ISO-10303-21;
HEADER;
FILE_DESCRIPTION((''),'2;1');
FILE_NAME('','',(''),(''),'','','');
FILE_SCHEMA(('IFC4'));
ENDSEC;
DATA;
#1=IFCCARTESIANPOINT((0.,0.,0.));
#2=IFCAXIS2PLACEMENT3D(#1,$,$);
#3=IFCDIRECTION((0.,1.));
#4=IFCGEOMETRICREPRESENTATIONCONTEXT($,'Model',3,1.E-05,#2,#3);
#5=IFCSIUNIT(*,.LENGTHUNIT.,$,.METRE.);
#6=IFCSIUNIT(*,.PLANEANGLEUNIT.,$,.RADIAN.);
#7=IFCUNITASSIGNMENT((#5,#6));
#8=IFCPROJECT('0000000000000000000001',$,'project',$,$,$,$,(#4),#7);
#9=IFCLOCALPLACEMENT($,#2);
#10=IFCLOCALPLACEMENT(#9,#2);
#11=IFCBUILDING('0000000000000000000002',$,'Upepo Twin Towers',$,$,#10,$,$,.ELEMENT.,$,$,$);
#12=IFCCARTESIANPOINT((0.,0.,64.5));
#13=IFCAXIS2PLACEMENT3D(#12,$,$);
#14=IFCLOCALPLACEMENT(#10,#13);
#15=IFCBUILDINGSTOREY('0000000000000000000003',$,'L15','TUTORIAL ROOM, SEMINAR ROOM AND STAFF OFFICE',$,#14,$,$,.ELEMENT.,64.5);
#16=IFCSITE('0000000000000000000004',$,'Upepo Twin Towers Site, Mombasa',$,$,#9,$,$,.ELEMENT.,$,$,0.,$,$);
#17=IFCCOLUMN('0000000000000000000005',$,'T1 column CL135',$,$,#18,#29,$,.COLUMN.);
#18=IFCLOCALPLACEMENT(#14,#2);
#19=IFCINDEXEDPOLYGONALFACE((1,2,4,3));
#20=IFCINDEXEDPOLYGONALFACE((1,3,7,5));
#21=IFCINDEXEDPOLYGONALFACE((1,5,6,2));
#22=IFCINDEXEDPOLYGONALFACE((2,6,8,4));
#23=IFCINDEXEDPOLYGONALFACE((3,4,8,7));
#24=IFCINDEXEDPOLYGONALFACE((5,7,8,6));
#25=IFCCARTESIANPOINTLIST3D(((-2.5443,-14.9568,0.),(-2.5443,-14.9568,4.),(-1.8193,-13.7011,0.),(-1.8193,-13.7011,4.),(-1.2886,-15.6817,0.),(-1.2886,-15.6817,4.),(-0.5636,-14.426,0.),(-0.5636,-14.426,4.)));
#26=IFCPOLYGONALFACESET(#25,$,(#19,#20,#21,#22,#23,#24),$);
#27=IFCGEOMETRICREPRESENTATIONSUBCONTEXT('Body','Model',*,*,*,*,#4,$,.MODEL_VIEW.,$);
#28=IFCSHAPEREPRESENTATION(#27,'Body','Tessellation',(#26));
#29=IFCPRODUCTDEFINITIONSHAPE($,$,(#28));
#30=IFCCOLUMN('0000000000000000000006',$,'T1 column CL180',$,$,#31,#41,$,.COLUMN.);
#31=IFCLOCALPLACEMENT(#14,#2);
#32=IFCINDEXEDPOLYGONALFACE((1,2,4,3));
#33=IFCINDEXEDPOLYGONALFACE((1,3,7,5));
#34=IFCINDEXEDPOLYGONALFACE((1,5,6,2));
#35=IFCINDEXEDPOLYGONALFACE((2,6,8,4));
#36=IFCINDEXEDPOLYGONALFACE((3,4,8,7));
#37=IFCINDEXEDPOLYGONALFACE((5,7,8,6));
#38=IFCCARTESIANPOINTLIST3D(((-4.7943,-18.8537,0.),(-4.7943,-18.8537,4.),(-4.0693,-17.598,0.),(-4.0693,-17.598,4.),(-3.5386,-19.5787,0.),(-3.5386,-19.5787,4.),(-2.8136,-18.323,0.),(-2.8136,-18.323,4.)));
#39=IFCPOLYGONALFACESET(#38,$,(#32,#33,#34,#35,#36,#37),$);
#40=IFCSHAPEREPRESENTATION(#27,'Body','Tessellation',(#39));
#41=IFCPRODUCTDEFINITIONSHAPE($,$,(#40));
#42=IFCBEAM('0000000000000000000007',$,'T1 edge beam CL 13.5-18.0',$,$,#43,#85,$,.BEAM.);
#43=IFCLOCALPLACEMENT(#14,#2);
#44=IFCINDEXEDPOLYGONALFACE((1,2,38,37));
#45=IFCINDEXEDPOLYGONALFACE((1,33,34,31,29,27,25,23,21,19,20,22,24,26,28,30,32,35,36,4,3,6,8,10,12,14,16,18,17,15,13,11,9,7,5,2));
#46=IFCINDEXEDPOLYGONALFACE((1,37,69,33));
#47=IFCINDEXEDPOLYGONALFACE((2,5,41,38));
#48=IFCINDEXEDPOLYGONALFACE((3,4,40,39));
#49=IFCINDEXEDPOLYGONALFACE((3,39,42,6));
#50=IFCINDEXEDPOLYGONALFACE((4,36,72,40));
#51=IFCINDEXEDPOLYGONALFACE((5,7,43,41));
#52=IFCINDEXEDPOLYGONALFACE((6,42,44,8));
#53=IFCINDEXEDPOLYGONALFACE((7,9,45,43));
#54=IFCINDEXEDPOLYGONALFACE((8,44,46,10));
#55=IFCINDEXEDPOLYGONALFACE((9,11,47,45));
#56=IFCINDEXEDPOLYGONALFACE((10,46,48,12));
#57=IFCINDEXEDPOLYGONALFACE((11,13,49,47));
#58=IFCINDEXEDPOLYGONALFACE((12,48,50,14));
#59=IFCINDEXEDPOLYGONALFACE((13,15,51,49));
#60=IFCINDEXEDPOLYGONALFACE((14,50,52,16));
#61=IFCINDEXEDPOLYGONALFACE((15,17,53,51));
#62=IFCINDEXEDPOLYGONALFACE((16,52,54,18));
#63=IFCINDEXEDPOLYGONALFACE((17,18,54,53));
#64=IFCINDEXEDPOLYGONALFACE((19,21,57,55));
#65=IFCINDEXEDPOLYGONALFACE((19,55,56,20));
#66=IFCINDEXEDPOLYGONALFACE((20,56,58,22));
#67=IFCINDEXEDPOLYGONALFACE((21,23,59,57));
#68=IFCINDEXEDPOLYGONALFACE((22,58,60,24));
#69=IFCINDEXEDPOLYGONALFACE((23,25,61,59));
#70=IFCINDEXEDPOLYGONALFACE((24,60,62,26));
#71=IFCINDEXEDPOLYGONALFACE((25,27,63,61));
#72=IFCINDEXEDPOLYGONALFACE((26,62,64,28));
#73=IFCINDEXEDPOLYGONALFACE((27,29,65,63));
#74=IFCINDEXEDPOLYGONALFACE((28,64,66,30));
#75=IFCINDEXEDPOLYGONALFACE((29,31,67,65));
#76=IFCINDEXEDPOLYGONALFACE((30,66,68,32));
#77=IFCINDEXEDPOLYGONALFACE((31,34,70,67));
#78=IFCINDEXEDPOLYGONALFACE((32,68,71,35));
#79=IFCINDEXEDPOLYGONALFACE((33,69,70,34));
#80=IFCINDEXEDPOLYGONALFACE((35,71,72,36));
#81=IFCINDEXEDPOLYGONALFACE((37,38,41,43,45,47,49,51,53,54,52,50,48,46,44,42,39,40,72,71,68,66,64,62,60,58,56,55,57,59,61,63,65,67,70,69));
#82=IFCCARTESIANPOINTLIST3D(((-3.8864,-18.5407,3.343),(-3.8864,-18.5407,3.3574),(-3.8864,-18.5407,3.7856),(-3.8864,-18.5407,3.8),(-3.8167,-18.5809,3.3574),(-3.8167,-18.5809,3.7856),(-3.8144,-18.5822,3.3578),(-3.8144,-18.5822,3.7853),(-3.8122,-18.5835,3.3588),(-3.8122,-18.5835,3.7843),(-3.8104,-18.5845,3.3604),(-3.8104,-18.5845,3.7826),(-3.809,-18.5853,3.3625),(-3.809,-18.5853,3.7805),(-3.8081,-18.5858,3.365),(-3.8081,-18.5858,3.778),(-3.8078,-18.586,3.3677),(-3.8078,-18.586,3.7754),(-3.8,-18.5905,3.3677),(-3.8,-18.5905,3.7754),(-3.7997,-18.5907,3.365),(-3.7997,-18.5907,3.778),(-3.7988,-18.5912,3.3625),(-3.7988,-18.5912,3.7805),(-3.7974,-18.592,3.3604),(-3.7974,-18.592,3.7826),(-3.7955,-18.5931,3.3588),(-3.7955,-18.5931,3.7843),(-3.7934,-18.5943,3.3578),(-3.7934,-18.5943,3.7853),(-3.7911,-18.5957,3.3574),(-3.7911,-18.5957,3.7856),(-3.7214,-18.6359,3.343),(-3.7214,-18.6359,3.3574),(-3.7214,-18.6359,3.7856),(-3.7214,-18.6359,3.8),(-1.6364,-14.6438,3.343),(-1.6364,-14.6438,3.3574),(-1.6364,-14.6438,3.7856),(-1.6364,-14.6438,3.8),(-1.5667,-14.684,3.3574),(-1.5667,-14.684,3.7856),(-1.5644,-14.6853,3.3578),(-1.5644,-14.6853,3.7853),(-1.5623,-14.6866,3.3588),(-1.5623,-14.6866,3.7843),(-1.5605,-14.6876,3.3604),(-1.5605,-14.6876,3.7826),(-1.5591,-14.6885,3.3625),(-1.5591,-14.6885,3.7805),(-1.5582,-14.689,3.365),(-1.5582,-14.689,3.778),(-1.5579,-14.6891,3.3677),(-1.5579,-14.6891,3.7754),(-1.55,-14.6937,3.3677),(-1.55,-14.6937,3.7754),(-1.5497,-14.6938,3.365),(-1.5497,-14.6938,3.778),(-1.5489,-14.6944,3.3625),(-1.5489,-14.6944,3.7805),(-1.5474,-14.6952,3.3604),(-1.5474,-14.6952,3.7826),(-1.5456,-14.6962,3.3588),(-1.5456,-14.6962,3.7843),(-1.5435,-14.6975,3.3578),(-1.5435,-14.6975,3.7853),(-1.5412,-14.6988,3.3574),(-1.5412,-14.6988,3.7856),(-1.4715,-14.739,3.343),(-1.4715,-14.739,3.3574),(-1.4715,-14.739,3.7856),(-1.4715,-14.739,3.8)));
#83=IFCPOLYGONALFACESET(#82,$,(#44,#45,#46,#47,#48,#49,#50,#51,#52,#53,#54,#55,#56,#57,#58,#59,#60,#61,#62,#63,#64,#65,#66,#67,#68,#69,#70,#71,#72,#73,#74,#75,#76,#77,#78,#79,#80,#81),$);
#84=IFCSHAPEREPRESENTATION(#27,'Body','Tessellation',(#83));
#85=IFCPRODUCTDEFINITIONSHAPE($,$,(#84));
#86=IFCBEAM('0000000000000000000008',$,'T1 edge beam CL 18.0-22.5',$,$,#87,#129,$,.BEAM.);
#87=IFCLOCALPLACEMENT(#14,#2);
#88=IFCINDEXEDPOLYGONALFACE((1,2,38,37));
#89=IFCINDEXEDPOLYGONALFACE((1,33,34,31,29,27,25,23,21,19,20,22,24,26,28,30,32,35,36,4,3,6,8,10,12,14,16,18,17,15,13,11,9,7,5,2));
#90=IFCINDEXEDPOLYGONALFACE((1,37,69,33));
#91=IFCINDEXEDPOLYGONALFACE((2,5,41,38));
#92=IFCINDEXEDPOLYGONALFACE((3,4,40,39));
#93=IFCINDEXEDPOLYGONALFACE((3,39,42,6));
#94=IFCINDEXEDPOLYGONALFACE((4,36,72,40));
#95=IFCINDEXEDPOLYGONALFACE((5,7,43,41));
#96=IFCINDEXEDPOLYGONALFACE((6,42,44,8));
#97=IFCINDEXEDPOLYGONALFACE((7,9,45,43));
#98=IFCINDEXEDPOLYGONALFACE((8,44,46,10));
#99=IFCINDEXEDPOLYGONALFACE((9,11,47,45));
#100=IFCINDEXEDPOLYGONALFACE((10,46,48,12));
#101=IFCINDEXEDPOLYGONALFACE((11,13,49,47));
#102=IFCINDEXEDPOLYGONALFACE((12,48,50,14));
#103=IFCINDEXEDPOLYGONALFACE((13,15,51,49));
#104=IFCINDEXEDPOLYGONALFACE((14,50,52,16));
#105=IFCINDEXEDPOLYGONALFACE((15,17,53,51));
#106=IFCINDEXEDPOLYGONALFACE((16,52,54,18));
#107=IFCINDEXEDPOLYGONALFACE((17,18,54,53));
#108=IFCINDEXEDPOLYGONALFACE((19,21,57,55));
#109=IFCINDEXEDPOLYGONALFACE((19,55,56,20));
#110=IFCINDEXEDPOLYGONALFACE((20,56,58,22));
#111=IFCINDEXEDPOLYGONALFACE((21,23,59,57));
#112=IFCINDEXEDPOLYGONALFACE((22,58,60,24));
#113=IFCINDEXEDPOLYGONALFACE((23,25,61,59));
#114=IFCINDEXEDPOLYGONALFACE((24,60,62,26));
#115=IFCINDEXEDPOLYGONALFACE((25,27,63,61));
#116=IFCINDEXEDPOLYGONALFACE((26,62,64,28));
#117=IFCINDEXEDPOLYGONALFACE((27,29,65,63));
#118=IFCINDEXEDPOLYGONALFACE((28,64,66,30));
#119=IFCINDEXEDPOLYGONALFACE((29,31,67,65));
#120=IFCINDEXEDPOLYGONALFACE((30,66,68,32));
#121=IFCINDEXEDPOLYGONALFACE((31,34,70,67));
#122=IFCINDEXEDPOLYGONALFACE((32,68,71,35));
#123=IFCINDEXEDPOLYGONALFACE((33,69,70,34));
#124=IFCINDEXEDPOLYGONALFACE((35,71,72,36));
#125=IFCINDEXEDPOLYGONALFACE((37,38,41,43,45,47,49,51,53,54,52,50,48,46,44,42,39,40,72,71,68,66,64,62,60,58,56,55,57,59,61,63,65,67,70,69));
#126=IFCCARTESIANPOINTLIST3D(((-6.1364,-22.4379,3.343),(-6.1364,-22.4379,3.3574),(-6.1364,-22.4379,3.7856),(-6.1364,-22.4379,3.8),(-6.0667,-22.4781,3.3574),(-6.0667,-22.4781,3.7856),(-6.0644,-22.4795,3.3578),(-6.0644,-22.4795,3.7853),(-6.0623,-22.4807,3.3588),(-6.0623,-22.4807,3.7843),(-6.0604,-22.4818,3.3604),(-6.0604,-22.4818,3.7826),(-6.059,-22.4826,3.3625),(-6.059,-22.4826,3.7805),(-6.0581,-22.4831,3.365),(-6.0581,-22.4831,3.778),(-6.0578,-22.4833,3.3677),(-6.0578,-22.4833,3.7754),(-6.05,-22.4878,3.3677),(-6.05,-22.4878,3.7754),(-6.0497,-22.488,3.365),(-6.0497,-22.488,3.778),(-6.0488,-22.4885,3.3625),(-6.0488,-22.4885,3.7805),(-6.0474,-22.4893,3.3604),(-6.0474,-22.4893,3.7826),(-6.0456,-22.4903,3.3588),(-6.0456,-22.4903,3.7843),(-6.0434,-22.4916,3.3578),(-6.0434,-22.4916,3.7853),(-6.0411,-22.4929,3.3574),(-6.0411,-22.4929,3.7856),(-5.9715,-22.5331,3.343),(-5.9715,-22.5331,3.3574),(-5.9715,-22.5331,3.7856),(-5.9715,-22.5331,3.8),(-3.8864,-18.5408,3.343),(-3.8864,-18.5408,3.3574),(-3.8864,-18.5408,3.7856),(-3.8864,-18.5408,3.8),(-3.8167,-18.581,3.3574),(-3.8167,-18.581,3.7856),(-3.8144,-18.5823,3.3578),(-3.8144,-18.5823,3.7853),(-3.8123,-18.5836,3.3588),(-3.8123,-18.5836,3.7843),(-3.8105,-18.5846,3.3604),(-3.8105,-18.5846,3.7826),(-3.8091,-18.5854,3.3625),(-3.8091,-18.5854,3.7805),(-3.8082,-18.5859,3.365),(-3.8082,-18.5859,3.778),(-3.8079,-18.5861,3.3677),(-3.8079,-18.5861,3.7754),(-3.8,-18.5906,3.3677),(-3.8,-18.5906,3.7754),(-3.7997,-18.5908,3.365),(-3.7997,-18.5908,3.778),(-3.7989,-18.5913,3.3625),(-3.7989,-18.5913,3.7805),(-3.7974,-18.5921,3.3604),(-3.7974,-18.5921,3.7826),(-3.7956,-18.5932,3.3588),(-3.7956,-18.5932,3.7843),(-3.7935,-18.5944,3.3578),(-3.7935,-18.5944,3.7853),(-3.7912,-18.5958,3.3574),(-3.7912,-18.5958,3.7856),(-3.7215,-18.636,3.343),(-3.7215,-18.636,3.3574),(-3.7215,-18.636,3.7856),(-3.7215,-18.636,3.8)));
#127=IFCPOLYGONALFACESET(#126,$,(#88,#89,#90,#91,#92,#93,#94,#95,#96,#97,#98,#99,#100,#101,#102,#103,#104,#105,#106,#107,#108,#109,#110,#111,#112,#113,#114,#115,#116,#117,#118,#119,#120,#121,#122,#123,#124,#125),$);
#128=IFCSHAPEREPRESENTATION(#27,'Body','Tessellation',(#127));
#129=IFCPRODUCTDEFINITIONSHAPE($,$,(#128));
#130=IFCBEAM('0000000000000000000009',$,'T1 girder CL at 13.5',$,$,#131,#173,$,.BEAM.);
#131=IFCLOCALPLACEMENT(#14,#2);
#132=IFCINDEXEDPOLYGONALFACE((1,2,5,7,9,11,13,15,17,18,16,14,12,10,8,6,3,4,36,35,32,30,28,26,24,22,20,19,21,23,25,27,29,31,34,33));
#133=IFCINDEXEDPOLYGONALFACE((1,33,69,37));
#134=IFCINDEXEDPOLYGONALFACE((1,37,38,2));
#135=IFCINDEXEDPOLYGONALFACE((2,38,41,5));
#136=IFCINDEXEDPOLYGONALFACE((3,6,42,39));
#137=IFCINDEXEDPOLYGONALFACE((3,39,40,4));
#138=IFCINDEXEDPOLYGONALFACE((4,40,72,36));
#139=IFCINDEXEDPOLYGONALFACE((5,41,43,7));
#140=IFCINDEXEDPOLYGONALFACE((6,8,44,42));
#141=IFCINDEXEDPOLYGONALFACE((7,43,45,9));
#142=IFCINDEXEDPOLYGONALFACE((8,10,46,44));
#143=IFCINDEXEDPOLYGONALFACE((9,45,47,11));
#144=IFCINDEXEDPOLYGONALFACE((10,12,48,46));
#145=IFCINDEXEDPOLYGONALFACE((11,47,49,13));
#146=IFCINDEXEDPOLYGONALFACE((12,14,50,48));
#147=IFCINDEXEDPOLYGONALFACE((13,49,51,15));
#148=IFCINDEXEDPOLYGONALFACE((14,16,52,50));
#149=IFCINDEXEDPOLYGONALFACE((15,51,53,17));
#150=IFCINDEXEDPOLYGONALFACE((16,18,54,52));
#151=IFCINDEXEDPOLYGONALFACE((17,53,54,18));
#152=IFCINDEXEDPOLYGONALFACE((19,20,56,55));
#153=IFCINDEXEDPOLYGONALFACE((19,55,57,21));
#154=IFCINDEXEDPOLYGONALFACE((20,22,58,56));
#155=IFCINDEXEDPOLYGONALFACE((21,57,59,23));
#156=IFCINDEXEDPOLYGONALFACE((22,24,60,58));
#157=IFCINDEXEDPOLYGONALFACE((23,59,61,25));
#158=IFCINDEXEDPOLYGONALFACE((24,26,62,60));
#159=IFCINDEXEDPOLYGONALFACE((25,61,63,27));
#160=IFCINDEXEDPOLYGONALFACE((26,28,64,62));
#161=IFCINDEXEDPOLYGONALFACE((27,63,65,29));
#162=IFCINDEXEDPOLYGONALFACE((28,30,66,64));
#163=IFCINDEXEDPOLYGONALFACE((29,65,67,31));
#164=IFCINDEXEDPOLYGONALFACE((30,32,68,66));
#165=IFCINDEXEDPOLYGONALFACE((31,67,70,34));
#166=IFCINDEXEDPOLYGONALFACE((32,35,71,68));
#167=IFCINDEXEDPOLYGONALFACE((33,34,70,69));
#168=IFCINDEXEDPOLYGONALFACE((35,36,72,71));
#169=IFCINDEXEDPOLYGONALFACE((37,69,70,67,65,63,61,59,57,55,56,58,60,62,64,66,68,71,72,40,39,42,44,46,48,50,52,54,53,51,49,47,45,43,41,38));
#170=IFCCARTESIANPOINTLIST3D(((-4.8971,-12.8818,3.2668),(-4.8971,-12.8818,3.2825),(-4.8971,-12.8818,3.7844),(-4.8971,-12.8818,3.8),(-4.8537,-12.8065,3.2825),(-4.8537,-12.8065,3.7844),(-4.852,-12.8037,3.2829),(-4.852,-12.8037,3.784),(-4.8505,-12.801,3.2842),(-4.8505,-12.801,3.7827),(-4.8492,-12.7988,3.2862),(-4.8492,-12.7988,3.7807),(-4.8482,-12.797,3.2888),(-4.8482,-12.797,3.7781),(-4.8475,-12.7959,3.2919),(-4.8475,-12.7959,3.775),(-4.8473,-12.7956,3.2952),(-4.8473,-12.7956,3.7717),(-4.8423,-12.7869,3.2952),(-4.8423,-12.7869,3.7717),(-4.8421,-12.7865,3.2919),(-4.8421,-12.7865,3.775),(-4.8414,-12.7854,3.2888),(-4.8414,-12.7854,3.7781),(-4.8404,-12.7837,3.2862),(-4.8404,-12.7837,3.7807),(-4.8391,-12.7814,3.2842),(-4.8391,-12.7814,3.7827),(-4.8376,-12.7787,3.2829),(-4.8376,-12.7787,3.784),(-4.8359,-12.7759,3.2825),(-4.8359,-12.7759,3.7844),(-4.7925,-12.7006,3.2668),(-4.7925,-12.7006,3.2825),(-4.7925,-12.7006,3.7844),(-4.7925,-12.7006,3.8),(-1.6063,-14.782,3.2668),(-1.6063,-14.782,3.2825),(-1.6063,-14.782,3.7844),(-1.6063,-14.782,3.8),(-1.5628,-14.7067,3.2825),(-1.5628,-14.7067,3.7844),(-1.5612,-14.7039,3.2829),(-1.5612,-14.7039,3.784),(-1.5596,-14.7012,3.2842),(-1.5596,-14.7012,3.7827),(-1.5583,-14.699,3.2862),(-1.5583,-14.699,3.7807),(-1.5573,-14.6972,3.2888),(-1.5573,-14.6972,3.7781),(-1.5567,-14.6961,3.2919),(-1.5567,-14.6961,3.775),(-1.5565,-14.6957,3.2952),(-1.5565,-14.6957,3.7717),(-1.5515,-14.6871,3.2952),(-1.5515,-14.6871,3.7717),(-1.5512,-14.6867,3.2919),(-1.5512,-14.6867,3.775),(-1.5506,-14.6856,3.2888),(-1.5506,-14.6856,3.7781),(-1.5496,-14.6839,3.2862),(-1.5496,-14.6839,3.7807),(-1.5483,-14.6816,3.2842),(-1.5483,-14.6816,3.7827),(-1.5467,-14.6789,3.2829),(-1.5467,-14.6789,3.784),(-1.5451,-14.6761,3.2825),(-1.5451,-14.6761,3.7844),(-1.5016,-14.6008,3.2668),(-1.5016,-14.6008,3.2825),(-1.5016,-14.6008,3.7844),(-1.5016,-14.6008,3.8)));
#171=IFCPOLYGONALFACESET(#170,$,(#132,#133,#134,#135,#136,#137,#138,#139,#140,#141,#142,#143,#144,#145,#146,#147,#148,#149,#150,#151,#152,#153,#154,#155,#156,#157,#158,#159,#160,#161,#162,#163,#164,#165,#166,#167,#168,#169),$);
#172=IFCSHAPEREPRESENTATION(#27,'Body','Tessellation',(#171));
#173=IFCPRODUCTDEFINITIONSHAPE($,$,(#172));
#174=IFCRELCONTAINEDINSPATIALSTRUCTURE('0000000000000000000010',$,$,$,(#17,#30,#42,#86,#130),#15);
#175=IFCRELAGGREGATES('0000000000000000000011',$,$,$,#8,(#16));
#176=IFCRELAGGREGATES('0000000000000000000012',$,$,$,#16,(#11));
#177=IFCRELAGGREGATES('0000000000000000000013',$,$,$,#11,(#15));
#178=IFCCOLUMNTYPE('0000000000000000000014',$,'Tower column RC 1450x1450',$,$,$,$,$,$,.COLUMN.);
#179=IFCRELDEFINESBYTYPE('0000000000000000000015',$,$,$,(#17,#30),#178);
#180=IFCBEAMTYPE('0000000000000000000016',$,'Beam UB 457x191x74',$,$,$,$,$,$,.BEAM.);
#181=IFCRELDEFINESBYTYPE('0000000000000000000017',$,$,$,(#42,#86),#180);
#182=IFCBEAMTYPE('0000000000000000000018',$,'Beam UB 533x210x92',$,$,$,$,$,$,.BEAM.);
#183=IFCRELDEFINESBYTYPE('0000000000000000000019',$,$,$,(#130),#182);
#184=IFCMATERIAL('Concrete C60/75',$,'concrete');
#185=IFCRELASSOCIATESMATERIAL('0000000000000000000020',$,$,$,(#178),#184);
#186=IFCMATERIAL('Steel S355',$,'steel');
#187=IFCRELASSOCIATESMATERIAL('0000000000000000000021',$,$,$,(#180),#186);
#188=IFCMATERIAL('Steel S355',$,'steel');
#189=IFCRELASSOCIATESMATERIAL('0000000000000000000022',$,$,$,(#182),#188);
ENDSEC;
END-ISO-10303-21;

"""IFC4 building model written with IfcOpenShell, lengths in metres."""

from ifc_helpers import new_model, si_unit, direction, frame, origin, origin_2d, place, context, subcontext, project, spatial, rectangle, i_section, extrude, material, material_profile, profile_set, type_object, element, save


model = new_model("IFC4")

# Units and contexts
model_context = context("Model", 3, precision=1e-05, world=origin(), true_north=direction((0.0, 1.0)))
body_context = subcontext(model_context, "Body", "Model", "MODEL_VIEW")
ifc_project = project(units=[si_unit("LENGTHUNIT", "METRE"), si_unit("PLANEANGLEUNIT", "RADIAN")], contexts=[model_context])

# Site, building, storey
site_placement = place(None, origin())
site = spatial("IfcSite", under=ifc_project, at=site_placement, Name="Upepo Twin Towers Site, Mombasa", CompositionType="ELEMENT", RefElevation=0.0)
building_placement = place(site_placement, origin())
building = spatial("IfcBuilding", under=site, at=building_placement, Name="Upepo Twin Towers", CompositionType="ELEMENT")
storey_placement = place(building_placement, frame((0.0, 0.0, 64.5)))
storey = spatial("IfcBuildingStorey", under=building, at=storey_placement, Name="L15", Description="TUTORIAL ROOM, SEMINAR ROOM AND STAFF OFFICE", CompositionType="ELEMENT", Elevation=64.5)

# Columns
ifc_material_1 = material(Name="Concrete C60/75", Category="concrete")
ifc_material_profile_1 = material_profile(ifc_material_1, rectangle(XDim=1.45, YDim=1.45, at=origin_2d()), Name="RC 1450x1450")
ifc_profile_set_1 = profile_set([ifc_material_profile_1], Name="Concrete C60/75")
column_type = type_object("IfcColumnType", Name="Tower column RC 1450x1450", PredefinedType="COLUMN", material=ifc_profile_set_1)
for number, where, z_axis, x_axis, name in (
    (1, (-1.554, -14.6914, 0.0), (0.0, 0.0, 1.0), (0.5, 0.866025, 0.0), "T1 column CL135"),
    (2, (-3.804, -18.5884, 0.0), (0.0, 0.0, 1.0), (0.5, 0.866025, 0.0), "T1 column CL180"),
):
    element("IfcColumn", number, at=place(storey_placement, frame(where, z_axis=z_axis, x_axis=x_axis)), inside=storey, type_object=column_type, Name=name, PredefinedType="COLUMN", context=body_context, shape_type="SweptSolid", body=[
        extrude(rectangle(XDim=1.45, YDim=1.45, at=origin_2d()), origin(), (0.0, 0.0, 1.0), 4.0),
    ])

# Beams
ifc_material_2 = material(Name="Steel S355", Category="steel")
ifc_material_profile_2 = material_profile(ifc_material_2, i_section(OverallWidth=0.1904, OverallDepth=0.457, WebThickness=0.009, FlangeThickness=0.0144, FilletRadius=0.0103, at=origin_2d()), Name="UB 457x191x74")
ifc_profile_set_2 = profile_set([ifc_material_profile_2], Name="Steel S355")
beam_type_1 = type_object("IfcBeamType", Name="Beam UB 457x191x74", PredefinedType="BEAM", material=ifc_profile_set_2)
beam_1_placement = place(storey_placement, frame((-1.554, -14.6914, 3.5715), z_axis=(-0.500014, -0.866018, 0.0), x_axis=(0.866018, -0.500014, 0.0)))
element("IfcBeam", 3, at=beam_1_placement, inside=storey, type_object=beam_type_1, Name="T1 edge beam CL 13.5-18.0", PredefinedType="BEAM", context=body_context, shape_type="SweptSolid", body=[
    extrude(i_section(OverallWidth=0.1904, OverallDepth=0.457, WebThickness=0.009, FlangeThickness=0.0144, FilletRadius=0.0103, at=origin_2d()), origin(), (0.0, 0.0, 1.0), 4.4998),
])
beam_2_placement = place(storey_placement, frame((-3.804, -18.5884, 3.5715), z_axis=(-0.49999, -0.866031, 0.0), x_axis=(0.866031, -0.49999, 0.0)))
element("IfcBeam", 4, at=beam_2_placement, inside=storey, type_object=beam_type_1, Name="T1 edge beam CL 18.0-22.5", PredefinedType="BEAM", context=body_context, shape_type="SweptSolid", body=[
    extrude(i_section(OverallWidth=0.1904, OverallDepth=0.457, WebThickness=0.009, FlangeThickness=0.0144, FilletRadius=0.0103, at=origin_2d()), origin(), (0.0, 0.0, 1.0), 4.5),
])
ifc_material_3 = material(Name="Steel S355", Category="steel")
ifc_material_profile_3 = material_profile(ifc_material_3, i_section(OverallWidth=0.2092, OverallDepth=0.5332, WebThickness=0.01, FlangeThickness=0.0156, FilletRadius=0.0127, at=origin_2d()), Name="UB 533x210x92")
ifc_profile_set_3 = profile_set([ifc_material_profile_3], Name="Steel S355")
beam_type_2 = type_object("IfcBeamType", Name="Beam UB 533x210x92", PredefinedType="BEAM", material=ifc_profile_set_3)
beam_3_placement = place(storey_placement, frame((-1.554, -14.6914, 3.5334), z_axis=(-0.866, 0.500043, 0.0), x_axis=(-0.500043, -0.866, 0.0)))
element("IfcBeam", 5, at=beam_3_placement, inside=storey, type_object=beam_type_2, Name="T1 girder CL at 13.5", PredefinedType="BEAM", context=body_context, shape_type="SweptSolid", body=[
    extrude(i_section(OverallWidth=0.2092, OverallDepth=0.5332, WebThickness=0.01, FlangeThickness=0.0156, FilletRadius=0.0127, at=origin_2d()), origin(), (0.0, 0.0, 1.0), 3.8),
])

save(model, "model.ifc")
